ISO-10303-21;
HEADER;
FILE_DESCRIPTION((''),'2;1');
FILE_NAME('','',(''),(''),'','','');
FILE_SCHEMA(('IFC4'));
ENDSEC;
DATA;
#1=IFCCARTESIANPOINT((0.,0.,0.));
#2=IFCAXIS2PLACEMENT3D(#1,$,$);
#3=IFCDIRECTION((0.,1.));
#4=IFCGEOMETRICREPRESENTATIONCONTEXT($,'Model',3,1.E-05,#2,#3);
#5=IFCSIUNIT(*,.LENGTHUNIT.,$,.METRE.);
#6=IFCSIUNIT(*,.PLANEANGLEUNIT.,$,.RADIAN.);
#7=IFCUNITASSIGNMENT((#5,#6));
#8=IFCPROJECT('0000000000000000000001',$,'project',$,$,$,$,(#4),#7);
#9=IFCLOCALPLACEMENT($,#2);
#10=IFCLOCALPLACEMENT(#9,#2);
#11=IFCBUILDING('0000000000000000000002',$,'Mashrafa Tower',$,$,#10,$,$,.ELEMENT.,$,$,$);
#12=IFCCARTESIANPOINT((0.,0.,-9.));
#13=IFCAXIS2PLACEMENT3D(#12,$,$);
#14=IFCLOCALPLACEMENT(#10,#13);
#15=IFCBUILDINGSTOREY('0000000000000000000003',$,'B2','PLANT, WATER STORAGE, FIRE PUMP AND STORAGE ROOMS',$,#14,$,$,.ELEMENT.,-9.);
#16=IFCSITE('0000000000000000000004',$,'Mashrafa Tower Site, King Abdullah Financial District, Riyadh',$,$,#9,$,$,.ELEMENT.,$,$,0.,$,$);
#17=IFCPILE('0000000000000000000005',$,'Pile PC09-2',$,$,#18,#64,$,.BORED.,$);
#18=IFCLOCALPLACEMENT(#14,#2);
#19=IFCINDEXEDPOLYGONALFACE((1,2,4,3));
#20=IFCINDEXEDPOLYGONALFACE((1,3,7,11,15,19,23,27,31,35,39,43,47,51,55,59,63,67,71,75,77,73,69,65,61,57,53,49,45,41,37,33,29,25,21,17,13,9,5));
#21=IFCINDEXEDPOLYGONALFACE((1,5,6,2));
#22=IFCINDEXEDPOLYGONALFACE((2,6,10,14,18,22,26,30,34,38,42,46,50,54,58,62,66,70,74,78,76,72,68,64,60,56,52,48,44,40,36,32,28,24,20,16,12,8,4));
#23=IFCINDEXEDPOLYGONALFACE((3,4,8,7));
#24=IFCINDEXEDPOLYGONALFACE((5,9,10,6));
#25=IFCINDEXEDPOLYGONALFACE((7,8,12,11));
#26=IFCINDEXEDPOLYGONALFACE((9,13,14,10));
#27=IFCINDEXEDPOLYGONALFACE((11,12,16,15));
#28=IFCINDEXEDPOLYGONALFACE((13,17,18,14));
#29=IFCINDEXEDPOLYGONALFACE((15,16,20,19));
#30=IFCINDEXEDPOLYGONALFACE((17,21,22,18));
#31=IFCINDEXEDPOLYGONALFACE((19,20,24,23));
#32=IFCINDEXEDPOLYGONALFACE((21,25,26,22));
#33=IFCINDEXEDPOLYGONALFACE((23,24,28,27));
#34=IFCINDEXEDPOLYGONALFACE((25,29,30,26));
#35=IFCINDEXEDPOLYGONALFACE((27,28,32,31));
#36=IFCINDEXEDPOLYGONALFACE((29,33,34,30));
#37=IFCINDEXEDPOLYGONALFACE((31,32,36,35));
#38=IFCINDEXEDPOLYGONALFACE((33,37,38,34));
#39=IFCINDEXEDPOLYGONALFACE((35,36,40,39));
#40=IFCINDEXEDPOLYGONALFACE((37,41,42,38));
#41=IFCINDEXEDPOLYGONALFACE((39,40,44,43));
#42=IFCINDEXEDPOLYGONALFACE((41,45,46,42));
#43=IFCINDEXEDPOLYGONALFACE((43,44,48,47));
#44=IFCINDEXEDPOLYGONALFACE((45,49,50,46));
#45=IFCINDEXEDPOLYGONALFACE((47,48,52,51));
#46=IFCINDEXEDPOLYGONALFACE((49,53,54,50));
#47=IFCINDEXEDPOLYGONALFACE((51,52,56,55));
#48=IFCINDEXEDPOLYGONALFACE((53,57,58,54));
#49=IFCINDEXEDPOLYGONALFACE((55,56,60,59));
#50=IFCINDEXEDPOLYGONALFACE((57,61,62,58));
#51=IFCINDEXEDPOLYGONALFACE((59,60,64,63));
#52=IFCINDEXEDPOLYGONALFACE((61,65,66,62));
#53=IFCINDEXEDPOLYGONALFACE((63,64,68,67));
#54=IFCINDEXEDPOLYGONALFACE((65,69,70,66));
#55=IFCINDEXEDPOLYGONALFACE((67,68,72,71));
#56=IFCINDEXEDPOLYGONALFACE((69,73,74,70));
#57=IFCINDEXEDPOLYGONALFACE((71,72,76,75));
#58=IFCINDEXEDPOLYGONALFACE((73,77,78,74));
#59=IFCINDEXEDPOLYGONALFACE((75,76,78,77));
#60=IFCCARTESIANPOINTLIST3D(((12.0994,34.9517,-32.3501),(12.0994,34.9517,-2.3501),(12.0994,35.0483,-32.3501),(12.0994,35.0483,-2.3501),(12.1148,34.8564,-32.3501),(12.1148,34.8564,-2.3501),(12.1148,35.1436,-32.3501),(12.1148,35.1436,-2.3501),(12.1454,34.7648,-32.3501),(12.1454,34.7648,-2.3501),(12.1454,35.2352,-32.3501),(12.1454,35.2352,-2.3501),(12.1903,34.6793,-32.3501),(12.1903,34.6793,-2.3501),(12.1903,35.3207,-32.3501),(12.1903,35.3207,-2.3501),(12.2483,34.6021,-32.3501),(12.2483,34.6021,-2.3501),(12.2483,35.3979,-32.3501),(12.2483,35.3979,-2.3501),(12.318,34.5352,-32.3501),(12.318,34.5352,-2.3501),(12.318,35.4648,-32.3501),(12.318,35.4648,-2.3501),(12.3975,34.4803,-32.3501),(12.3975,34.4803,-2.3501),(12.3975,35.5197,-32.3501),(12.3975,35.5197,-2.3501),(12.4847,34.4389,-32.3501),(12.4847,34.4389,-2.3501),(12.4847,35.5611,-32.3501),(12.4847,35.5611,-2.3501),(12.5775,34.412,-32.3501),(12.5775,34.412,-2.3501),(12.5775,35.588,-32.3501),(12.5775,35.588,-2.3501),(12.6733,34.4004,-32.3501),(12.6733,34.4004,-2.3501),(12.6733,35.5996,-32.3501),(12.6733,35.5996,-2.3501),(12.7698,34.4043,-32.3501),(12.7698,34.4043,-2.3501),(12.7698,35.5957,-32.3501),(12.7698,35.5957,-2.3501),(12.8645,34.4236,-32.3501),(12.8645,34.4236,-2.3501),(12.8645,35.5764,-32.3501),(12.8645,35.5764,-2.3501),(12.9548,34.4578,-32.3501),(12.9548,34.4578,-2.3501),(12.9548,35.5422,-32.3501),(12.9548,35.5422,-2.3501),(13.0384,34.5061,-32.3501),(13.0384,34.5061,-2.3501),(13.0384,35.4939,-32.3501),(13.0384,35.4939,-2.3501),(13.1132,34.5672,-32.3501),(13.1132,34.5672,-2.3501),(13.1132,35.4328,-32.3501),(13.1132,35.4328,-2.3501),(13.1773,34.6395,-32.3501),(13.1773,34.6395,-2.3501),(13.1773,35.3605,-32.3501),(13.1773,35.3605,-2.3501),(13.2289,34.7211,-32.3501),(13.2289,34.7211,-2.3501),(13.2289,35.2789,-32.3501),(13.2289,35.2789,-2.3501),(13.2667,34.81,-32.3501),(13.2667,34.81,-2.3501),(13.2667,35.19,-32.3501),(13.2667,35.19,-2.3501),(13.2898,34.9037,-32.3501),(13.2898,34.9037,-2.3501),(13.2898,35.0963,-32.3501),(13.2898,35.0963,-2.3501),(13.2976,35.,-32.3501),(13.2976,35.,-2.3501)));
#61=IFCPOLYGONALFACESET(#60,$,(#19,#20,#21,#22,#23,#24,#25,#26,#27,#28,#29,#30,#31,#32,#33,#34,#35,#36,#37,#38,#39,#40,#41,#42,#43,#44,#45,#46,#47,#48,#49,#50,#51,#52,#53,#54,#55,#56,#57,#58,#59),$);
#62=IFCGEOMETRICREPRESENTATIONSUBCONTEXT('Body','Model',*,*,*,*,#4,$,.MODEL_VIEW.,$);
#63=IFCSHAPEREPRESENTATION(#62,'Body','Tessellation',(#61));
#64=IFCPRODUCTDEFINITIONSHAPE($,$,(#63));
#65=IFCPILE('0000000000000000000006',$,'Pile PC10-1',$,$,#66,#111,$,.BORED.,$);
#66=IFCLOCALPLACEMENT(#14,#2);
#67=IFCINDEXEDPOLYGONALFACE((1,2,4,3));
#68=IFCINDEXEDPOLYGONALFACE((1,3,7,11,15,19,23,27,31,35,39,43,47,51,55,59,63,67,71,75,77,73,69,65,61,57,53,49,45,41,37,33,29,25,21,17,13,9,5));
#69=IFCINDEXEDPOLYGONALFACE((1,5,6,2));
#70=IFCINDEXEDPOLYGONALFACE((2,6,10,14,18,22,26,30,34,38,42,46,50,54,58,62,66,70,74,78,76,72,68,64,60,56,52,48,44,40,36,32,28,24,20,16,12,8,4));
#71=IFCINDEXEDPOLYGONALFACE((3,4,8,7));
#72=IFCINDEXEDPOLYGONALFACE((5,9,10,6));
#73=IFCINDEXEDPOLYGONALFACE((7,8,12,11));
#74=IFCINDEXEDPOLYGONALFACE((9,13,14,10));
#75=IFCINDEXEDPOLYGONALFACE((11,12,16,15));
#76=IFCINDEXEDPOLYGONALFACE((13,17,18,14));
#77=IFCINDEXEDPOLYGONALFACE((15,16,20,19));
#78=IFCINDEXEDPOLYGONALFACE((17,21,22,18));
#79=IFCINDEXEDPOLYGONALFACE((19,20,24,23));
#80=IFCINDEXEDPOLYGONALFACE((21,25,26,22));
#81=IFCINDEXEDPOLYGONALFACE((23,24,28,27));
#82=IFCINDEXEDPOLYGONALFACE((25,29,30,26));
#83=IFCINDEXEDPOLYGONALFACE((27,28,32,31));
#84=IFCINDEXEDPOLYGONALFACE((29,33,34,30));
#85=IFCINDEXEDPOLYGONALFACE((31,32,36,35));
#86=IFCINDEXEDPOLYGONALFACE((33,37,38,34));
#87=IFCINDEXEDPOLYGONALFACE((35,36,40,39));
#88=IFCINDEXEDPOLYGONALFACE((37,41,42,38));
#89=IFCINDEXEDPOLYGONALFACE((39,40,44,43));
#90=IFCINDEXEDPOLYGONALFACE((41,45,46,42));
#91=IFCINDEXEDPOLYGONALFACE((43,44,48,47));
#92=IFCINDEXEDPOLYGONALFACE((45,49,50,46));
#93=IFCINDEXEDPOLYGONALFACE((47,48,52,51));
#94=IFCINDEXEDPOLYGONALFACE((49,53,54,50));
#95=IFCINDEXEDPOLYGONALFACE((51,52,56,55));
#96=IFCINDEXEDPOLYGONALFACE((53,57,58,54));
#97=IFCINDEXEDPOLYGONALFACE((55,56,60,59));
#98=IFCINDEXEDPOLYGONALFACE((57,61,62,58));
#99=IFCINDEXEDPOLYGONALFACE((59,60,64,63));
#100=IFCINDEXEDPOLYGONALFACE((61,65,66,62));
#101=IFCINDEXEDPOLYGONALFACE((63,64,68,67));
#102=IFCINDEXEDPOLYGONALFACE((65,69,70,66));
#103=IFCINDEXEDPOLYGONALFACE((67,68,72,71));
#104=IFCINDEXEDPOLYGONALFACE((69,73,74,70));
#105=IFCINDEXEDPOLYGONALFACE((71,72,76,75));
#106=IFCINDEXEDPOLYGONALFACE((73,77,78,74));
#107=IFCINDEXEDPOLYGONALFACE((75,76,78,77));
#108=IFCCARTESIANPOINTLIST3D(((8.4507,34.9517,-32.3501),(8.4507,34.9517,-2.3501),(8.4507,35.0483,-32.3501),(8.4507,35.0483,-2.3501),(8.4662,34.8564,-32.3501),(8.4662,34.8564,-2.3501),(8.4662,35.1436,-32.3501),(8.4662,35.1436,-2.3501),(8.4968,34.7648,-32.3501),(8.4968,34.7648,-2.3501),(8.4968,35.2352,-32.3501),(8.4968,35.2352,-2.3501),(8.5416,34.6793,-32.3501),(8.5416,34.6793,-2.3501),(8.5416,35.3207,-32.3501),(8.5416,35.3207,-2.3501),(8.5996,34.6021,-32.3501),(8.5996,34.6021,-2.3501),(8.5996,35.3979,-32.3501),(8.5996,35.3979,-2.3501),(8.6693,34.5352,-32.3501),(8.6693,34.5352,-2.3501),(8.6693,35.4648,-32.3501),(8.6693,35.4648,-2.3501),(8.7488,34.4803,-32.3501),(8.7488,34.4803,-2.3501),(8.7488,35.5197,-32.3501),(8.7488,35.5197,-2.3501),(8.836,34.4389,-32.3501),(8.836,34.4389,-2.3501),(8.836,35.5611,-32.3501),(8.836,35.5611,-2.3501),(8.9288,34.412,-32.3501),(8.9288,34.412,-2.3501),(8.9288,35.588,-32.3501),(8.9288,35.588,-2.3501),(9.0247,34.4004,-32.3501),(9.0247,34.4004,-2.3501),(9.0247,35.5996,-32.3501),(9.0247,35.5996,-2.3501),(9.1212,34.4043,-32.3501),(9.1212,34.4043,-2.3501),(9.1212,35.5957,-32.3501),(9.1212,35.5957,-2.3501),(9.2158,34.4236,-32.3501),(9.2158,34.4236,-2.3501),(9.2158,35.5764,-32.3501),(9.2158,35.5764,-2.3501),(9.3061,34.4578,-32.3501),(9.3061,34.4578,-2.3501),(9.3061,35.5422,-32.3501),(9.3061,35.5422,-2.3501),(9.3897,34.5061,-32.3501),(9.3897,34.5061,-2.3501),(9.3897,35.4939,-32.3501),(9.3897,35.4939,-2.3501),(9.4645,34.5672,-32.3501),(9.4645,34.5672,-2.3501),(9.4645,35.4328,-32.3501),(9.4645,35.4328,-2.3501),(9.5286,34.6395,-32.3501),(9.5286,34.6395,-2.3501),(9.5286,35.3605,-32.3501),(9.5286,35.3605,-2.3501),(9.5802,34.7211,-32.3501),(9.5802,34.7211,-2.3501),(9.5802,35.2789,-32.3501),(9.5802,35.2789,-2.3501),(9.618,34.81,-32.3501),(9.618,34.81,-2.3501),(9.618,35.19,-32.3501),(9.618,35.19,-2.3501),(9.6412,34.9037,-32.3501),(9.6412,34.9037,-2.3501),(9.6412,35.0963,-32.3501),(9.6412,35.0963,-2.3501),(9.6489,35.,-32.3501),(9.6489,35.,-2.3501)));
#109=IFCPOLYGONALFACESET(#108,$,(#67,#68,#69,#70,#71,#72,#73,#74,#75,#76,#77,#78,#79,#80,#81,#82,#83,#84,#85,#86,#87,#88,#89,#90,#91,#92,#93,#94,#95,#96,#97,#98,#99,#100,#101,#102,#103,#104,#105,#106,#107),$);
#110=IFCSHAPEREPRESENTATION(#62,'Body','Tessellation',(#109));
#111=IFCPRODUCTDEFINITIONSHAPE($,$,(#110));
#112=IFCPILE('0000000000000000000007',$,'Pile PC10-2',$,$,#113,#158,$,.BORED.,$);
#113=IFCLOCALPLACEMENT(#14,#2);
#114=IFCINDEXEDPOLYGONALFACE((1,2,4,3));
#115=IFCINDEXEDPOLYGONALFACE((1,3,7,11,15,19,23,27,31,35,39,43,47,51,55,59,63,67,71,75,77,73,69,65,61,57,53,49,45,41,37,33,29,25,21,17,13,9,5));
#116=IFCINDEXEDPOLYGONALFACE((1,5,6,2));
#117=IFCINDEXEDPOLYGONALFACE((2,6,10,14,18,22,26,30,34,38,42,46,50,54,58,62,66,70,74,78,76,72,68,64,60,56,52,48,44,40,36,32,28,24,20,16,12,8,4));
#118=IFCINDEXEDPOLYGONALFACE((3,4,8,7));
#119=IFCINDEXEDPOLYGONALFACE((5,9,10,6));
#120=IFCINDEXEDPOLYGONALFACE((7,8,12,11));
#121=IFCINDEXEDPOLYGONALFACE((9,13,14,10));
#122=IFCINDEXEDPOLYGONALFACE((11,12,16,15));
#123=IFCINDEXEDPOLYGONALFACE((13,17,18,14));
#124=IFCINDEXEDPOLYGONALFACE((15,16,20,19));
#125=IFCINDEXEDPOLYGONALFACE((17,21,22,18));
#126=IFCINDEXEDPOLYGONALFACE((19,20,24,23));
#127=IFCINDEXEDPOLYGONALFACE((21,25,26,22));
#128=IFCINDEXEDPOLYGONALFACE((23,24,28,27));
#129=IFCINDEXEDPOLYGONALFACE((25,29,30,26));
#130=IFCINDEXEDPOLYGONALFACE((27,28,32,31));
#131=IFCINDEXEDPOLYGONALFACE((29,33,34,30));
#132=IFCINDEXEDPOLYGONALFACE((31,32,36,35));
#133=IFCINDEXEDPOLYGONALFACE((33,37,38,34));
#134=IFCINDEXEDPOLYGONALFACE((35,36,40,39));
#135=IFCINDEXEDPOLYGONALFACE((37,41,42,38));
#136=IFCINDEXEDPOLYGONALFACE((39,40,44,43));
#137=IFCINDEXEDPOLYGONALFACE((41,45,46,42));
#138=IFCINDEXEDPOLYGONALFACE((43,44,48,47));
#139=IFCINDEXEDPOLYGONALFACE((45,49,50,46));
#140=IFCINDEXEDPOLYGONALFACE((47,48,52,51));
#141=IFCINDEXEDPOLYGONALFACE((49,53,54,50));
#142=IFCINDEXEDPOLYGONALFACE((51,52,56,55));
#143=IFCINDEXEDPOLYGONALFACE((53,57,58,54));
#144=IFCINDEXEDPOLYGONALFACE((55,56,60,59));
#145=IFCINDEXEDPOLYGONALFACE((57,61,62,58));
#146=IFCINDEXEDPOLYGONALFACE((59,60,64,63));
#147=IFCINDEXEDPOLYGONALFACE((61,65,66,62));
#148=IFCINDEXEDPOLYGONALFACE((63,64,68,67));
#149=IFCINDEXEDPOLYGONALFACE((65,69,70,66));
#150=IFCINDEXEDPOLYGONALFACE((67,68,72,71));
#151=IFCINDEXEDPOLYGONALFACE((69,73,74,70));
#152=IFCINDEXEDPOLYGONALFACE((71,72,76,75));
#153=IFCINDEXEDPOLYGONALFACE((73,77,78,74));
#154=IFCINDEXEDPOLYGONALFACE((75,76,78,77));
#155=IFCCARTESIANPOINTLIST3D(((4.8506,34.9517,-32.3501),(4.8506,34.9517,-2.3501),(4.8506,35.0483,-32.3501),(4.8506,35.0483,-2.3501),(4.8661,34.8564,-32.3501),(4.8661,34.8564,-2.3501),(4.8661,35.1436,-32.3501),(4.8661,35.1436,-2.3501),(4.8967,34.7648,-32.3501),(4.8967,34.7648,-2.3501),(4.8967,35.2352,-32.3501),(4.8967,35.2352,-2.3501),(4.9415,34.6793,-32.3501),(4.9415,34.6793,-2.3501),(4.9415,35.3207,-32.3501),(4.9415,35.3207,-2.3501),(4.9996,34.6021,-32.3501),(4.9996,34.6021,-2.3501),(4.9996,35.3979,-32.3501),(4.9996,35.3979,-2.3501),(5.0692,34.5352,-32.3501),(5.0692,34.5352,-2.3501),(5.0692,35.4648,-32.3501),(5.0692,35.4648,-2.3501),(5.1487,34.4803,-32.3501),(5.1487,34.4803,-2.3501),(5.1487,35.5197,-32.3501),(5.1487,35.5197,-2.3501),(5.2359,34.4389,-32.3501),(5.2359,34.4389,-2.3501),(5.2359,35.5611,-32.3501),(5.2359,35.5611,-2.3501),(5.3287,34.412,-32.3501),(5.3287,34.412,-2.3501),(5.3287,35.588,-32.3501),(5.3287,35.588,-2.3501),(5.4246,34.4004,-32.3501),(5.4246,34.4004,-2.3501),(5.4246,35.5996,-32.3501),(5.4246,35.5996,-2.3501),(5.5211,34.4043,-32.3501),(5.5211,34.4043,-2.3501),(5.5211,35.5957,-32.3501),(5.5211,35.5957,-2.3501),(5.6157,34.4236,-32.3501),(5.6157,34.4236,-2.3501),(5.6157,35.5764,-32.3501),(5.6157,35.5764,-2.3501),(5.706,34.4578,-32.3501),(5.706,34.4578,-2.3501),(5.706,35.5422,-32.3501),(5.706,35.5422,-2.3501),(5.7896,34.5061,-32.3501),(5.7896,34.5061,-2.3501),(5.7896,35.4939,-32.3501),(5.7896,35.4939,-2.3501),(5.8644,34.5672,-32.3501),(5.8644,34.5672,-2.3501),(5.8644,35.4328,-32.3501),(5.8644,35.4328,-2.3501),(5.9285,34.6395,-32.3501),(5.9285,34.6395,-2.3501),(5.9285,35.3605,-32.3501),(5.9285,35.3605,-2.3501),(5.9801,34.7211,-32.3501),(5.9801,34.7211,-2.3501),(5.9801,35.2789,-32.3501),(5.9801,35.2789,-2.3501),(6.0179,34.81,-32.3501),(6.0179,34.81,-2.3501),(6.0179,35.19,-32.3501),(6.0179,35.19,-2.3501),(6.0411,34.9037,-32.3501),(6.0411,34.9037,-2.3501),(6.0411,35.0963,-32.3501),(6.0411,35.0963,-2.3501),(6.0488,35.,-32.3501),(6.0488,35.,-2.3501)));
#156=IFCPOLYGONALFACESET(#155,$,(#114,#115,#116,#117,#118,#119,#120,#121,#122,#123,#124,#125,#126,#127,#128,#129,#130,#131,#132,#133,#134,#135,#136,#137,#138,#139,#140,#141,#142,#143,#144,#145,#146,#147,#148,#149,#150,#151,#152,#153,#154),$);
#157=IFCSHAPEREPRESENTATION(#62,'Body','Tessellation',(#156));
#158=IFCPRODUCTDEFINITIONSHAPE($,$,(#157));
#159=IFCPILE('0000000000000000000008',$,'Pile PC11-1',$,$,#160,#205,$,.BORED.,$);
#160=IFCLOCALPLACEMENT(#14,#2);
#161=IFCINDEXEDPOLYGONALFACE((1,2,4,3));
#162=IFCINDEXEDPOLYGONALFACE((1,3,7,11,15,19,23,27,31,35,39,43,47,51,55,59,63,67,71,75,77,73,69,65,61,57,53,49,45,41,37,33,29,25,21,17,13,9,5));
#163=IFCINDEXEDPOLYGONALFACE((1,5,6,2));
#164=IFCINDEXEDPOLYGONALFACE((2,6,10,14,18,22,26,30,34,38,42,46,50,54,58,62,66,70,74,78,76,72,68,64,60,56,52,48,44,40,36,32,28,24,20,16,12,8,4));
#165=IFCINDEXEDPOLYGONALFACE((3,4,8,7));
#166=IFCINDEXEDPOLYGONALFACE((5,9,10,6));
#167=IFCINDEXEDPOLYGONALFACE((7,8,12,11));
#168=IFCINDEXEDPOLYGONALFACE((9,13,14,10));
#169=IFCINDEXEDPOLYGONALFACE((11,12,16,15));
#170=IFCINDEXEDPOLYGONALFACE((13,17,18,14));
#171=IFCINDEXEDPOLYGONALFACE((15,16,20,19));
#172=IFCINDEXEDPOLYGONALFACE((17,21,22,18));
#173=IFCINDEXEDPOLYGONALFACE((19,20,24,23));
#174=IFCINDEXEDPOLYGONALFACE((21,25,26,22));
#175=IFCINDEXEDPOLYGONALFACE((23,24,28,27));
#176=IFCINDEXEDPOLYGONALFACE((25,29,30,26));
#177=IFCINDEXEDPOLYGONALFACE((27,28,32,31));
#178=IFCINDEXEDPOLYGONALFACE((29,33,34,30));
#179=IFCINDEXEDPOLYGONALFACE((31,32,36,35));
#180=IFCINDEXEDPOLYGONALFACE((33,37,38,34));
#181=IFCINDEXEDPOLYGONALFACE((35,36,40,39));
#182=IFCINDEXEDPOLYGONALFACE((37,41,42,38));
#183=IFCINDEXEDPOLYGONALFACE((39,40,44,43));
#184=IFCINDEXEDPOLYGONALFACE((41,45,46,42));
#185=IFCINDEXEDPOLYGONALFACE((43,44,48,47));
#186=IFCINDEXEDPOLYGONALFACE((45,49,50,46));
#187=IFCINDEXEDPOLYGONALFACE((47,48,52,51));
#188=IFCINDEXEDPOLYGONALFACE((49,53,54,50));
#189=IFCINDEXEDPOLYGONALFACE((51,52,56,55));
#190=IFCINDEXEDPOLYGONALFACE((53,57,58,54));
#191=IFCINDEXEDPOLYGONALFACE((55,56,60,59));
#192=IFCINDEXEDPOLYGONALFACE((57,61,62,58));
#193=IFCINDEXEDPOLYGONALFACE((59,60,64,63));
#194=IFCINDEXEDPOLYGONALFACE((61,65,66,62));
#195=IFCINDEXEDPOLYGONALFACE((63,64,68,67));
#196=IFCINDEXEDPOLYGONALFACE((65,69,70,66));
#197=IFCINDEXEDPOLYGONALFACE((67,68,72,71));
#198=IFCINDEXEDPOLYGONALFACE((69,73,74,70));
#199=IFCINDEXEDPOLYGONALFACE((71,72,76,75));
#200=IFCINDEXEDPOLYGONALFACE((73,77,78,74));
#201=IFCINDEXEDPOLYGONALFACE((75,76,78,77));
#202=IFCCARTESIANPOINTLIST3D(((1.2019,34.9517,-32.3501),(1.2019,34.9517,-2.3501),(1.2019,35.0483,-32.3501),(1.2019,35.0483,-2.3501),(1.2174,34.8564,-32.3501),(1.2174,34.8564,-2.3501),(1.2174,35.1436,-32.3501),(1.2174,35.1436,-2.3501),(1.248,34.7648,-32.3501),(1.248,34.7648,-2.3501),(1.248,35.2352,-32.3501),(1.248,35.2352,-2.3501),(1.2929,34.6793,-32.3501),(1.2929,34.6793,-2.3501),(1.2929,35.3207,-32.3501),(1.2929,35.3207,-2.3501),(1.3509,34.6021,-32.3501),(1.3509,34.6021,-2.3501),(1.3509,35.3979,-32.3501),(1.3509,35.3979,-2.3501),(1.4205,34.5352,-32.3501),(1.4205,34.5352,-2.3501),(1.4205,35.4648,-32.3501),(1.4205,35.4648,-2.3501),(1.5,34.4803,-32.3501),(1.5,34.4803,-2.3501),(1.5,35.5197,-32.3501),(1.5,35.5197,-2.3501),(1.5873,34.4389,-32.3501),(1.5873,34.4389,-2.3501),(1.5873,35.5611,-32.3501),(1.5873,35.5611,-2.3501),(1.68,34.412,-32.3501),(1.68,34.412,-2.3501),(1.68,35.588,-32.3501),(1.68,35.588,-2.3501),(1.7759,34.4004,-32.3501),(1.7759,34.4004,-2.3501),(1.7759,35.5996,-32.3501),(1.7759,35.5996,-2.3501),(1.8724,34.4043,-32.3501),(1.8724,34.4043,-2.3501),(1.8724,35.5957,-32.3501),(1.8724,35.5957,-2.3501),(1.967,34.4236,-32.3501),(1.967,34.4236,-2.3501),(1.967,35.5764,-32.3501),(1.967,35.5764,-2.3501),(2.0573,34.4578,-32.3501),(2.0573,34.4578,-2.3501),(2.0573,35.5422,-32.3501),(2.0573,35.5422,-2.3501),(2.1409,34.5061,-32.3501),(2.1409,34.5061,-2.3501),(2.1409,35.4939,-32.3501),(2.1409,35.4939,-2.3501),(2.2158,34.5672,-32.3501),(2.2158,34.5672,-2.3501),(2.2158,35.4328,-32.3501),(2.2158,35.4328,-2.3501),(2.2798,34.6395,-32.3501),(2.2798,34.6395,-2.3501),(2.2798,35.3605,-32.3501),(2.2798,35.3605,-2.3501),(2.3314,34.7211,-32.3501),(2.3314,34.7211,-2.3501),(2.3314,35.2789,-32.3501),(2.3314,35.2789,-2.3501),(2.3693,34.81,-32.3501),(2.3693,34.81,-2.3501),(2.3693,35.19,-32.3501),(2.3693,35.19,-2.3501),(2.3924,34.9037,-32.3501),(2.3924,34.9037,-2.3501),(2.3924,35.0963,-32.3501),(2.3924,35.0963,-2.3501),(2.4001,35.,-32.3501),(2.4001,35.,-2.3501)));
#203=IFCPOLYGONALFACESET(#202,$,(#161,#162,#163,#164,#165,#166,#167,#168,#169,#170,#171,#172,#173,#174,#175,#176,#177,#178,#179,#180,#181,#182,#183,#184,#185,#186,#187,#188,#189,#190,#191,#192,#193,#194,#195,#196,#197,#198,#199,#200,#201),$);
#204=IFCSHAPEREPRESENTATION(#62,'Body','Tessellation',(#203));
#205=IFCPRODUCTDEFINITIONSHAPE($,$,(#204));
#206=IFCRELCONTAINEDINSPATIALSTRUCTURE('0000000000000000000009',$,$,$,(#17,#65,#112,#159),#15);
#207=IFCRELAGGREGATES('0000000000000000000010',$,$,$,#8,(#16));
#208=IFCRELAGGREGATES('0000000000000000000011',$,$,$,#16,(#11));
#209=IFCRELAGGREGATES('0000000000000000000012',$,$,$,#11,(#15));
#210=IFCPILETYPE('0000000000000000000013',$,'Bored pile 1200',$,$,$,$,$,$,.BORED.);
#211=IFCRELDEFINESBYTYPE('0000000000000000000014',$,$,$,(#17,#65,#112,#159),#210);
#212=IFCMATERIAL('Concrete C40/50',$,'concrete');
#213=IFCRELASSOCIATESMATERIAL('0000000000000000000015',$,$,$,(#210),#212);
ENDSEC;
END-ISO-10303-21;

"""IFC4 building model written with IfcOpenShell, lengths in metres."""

from ifc_helpers import new_model, si_unit, direction, frame, origin, origin_2d, place, context, subcontext, project, spatial, circle, extrude, material, material_profile, profile_set, type_object, element, save


model = new_model("IFC4")

# Units and contexts
model_context = context("Model", 3, precision=1e-05, world=origin(), true_north=direction((0.0, 1.0)))
body_context = subcontext(model_context, "Body", "Model", "MODEL_VIEW")
ifc_project = project(units=[si_unit("LENGTHUNIT", "METRE"), si_unit("PLANEANGLEUNIT", "RADIAN")], contexts=[model_context])

# Site, building, storey
site_placement = place(None, origin())
site = spatial("IfcSite", under=ifc_project, at=site_placement, Name="Mashrafa Tower Site, King Abdullah Financial District, Riyadh", CompositionType="ELEMENT", RefElevation=0.0)
building_placement = place(site_placement, origin())
building = spatial("IfcBuilding", under=site, at=building_placement, Name="Mashrafa Tower", CompositionType="ELEMENT")
storey_placement = place(building_placement, frame((0.0, 0.0, -9.0)))
storey = spatial("IfcBuildingStorey", under=building, at=storey_placement, Name="B2", Description="PLANT, WATER STORAGE, FIRE PUMP AND STORAGE ROOMS", CompositionType="ELEMENT", Elevation=-9.0)

# Piles
ifc_material_1 = material(Name="Concrete C40/50", Category="concrete")
ifc_material_profile_1 = material_profile(ifc_material_1, circle(Radius=0.6001, at=origin_2d()), Name="1200 DIA")
ifc_profile_set_1 = profile_set([ifc_material_profile_1], Name="Concrete C40/50")
pile_type_1 = type_object("IfcPileType", Name="Bored pile 1200", PredefinedType="BORED", material=ifc_profile_set_1)
for number, where, z_axis, x_axis, name in (
    (1, (12.6975, 35.0, -2.3501), (0.0, 0.0, -1.0), (1.0, 0.0, 0.0), "Pile PC09-2"),
    (2, (9.0488, 35.0, -2.3501), (0.0, 0.0, -1.0), (1.0, 0.0, 0.0), "Pile PC10-1"),
    (3, (5.4487, 35.0, -2.3501), (0.0, 0.0, -1.0), (1.0, 0.0, 0.0), "Pile PC10-2"),
    (4, (1.8, 35.0, -2.3501), (0.0, 0.0, -1.0), (1.0, 0.0, 0.0), "Pile PC11-1"),
):
    element("IfcPile", number, at=place(storey_placement, frame(where, z_axis=z_axis, x_axis=x_axis)), inside=storey, type_object=pile_type_1, Name=name, PredefinedType="BORED", context=body_context, shape_type="SweptSolid", body=[
        extrude(circle(Radius=0.6001, at=origin_2d()), origin(), (0.0, 0.0, 1.0), 30.0),
    ])

save(model, "model.ifc")
